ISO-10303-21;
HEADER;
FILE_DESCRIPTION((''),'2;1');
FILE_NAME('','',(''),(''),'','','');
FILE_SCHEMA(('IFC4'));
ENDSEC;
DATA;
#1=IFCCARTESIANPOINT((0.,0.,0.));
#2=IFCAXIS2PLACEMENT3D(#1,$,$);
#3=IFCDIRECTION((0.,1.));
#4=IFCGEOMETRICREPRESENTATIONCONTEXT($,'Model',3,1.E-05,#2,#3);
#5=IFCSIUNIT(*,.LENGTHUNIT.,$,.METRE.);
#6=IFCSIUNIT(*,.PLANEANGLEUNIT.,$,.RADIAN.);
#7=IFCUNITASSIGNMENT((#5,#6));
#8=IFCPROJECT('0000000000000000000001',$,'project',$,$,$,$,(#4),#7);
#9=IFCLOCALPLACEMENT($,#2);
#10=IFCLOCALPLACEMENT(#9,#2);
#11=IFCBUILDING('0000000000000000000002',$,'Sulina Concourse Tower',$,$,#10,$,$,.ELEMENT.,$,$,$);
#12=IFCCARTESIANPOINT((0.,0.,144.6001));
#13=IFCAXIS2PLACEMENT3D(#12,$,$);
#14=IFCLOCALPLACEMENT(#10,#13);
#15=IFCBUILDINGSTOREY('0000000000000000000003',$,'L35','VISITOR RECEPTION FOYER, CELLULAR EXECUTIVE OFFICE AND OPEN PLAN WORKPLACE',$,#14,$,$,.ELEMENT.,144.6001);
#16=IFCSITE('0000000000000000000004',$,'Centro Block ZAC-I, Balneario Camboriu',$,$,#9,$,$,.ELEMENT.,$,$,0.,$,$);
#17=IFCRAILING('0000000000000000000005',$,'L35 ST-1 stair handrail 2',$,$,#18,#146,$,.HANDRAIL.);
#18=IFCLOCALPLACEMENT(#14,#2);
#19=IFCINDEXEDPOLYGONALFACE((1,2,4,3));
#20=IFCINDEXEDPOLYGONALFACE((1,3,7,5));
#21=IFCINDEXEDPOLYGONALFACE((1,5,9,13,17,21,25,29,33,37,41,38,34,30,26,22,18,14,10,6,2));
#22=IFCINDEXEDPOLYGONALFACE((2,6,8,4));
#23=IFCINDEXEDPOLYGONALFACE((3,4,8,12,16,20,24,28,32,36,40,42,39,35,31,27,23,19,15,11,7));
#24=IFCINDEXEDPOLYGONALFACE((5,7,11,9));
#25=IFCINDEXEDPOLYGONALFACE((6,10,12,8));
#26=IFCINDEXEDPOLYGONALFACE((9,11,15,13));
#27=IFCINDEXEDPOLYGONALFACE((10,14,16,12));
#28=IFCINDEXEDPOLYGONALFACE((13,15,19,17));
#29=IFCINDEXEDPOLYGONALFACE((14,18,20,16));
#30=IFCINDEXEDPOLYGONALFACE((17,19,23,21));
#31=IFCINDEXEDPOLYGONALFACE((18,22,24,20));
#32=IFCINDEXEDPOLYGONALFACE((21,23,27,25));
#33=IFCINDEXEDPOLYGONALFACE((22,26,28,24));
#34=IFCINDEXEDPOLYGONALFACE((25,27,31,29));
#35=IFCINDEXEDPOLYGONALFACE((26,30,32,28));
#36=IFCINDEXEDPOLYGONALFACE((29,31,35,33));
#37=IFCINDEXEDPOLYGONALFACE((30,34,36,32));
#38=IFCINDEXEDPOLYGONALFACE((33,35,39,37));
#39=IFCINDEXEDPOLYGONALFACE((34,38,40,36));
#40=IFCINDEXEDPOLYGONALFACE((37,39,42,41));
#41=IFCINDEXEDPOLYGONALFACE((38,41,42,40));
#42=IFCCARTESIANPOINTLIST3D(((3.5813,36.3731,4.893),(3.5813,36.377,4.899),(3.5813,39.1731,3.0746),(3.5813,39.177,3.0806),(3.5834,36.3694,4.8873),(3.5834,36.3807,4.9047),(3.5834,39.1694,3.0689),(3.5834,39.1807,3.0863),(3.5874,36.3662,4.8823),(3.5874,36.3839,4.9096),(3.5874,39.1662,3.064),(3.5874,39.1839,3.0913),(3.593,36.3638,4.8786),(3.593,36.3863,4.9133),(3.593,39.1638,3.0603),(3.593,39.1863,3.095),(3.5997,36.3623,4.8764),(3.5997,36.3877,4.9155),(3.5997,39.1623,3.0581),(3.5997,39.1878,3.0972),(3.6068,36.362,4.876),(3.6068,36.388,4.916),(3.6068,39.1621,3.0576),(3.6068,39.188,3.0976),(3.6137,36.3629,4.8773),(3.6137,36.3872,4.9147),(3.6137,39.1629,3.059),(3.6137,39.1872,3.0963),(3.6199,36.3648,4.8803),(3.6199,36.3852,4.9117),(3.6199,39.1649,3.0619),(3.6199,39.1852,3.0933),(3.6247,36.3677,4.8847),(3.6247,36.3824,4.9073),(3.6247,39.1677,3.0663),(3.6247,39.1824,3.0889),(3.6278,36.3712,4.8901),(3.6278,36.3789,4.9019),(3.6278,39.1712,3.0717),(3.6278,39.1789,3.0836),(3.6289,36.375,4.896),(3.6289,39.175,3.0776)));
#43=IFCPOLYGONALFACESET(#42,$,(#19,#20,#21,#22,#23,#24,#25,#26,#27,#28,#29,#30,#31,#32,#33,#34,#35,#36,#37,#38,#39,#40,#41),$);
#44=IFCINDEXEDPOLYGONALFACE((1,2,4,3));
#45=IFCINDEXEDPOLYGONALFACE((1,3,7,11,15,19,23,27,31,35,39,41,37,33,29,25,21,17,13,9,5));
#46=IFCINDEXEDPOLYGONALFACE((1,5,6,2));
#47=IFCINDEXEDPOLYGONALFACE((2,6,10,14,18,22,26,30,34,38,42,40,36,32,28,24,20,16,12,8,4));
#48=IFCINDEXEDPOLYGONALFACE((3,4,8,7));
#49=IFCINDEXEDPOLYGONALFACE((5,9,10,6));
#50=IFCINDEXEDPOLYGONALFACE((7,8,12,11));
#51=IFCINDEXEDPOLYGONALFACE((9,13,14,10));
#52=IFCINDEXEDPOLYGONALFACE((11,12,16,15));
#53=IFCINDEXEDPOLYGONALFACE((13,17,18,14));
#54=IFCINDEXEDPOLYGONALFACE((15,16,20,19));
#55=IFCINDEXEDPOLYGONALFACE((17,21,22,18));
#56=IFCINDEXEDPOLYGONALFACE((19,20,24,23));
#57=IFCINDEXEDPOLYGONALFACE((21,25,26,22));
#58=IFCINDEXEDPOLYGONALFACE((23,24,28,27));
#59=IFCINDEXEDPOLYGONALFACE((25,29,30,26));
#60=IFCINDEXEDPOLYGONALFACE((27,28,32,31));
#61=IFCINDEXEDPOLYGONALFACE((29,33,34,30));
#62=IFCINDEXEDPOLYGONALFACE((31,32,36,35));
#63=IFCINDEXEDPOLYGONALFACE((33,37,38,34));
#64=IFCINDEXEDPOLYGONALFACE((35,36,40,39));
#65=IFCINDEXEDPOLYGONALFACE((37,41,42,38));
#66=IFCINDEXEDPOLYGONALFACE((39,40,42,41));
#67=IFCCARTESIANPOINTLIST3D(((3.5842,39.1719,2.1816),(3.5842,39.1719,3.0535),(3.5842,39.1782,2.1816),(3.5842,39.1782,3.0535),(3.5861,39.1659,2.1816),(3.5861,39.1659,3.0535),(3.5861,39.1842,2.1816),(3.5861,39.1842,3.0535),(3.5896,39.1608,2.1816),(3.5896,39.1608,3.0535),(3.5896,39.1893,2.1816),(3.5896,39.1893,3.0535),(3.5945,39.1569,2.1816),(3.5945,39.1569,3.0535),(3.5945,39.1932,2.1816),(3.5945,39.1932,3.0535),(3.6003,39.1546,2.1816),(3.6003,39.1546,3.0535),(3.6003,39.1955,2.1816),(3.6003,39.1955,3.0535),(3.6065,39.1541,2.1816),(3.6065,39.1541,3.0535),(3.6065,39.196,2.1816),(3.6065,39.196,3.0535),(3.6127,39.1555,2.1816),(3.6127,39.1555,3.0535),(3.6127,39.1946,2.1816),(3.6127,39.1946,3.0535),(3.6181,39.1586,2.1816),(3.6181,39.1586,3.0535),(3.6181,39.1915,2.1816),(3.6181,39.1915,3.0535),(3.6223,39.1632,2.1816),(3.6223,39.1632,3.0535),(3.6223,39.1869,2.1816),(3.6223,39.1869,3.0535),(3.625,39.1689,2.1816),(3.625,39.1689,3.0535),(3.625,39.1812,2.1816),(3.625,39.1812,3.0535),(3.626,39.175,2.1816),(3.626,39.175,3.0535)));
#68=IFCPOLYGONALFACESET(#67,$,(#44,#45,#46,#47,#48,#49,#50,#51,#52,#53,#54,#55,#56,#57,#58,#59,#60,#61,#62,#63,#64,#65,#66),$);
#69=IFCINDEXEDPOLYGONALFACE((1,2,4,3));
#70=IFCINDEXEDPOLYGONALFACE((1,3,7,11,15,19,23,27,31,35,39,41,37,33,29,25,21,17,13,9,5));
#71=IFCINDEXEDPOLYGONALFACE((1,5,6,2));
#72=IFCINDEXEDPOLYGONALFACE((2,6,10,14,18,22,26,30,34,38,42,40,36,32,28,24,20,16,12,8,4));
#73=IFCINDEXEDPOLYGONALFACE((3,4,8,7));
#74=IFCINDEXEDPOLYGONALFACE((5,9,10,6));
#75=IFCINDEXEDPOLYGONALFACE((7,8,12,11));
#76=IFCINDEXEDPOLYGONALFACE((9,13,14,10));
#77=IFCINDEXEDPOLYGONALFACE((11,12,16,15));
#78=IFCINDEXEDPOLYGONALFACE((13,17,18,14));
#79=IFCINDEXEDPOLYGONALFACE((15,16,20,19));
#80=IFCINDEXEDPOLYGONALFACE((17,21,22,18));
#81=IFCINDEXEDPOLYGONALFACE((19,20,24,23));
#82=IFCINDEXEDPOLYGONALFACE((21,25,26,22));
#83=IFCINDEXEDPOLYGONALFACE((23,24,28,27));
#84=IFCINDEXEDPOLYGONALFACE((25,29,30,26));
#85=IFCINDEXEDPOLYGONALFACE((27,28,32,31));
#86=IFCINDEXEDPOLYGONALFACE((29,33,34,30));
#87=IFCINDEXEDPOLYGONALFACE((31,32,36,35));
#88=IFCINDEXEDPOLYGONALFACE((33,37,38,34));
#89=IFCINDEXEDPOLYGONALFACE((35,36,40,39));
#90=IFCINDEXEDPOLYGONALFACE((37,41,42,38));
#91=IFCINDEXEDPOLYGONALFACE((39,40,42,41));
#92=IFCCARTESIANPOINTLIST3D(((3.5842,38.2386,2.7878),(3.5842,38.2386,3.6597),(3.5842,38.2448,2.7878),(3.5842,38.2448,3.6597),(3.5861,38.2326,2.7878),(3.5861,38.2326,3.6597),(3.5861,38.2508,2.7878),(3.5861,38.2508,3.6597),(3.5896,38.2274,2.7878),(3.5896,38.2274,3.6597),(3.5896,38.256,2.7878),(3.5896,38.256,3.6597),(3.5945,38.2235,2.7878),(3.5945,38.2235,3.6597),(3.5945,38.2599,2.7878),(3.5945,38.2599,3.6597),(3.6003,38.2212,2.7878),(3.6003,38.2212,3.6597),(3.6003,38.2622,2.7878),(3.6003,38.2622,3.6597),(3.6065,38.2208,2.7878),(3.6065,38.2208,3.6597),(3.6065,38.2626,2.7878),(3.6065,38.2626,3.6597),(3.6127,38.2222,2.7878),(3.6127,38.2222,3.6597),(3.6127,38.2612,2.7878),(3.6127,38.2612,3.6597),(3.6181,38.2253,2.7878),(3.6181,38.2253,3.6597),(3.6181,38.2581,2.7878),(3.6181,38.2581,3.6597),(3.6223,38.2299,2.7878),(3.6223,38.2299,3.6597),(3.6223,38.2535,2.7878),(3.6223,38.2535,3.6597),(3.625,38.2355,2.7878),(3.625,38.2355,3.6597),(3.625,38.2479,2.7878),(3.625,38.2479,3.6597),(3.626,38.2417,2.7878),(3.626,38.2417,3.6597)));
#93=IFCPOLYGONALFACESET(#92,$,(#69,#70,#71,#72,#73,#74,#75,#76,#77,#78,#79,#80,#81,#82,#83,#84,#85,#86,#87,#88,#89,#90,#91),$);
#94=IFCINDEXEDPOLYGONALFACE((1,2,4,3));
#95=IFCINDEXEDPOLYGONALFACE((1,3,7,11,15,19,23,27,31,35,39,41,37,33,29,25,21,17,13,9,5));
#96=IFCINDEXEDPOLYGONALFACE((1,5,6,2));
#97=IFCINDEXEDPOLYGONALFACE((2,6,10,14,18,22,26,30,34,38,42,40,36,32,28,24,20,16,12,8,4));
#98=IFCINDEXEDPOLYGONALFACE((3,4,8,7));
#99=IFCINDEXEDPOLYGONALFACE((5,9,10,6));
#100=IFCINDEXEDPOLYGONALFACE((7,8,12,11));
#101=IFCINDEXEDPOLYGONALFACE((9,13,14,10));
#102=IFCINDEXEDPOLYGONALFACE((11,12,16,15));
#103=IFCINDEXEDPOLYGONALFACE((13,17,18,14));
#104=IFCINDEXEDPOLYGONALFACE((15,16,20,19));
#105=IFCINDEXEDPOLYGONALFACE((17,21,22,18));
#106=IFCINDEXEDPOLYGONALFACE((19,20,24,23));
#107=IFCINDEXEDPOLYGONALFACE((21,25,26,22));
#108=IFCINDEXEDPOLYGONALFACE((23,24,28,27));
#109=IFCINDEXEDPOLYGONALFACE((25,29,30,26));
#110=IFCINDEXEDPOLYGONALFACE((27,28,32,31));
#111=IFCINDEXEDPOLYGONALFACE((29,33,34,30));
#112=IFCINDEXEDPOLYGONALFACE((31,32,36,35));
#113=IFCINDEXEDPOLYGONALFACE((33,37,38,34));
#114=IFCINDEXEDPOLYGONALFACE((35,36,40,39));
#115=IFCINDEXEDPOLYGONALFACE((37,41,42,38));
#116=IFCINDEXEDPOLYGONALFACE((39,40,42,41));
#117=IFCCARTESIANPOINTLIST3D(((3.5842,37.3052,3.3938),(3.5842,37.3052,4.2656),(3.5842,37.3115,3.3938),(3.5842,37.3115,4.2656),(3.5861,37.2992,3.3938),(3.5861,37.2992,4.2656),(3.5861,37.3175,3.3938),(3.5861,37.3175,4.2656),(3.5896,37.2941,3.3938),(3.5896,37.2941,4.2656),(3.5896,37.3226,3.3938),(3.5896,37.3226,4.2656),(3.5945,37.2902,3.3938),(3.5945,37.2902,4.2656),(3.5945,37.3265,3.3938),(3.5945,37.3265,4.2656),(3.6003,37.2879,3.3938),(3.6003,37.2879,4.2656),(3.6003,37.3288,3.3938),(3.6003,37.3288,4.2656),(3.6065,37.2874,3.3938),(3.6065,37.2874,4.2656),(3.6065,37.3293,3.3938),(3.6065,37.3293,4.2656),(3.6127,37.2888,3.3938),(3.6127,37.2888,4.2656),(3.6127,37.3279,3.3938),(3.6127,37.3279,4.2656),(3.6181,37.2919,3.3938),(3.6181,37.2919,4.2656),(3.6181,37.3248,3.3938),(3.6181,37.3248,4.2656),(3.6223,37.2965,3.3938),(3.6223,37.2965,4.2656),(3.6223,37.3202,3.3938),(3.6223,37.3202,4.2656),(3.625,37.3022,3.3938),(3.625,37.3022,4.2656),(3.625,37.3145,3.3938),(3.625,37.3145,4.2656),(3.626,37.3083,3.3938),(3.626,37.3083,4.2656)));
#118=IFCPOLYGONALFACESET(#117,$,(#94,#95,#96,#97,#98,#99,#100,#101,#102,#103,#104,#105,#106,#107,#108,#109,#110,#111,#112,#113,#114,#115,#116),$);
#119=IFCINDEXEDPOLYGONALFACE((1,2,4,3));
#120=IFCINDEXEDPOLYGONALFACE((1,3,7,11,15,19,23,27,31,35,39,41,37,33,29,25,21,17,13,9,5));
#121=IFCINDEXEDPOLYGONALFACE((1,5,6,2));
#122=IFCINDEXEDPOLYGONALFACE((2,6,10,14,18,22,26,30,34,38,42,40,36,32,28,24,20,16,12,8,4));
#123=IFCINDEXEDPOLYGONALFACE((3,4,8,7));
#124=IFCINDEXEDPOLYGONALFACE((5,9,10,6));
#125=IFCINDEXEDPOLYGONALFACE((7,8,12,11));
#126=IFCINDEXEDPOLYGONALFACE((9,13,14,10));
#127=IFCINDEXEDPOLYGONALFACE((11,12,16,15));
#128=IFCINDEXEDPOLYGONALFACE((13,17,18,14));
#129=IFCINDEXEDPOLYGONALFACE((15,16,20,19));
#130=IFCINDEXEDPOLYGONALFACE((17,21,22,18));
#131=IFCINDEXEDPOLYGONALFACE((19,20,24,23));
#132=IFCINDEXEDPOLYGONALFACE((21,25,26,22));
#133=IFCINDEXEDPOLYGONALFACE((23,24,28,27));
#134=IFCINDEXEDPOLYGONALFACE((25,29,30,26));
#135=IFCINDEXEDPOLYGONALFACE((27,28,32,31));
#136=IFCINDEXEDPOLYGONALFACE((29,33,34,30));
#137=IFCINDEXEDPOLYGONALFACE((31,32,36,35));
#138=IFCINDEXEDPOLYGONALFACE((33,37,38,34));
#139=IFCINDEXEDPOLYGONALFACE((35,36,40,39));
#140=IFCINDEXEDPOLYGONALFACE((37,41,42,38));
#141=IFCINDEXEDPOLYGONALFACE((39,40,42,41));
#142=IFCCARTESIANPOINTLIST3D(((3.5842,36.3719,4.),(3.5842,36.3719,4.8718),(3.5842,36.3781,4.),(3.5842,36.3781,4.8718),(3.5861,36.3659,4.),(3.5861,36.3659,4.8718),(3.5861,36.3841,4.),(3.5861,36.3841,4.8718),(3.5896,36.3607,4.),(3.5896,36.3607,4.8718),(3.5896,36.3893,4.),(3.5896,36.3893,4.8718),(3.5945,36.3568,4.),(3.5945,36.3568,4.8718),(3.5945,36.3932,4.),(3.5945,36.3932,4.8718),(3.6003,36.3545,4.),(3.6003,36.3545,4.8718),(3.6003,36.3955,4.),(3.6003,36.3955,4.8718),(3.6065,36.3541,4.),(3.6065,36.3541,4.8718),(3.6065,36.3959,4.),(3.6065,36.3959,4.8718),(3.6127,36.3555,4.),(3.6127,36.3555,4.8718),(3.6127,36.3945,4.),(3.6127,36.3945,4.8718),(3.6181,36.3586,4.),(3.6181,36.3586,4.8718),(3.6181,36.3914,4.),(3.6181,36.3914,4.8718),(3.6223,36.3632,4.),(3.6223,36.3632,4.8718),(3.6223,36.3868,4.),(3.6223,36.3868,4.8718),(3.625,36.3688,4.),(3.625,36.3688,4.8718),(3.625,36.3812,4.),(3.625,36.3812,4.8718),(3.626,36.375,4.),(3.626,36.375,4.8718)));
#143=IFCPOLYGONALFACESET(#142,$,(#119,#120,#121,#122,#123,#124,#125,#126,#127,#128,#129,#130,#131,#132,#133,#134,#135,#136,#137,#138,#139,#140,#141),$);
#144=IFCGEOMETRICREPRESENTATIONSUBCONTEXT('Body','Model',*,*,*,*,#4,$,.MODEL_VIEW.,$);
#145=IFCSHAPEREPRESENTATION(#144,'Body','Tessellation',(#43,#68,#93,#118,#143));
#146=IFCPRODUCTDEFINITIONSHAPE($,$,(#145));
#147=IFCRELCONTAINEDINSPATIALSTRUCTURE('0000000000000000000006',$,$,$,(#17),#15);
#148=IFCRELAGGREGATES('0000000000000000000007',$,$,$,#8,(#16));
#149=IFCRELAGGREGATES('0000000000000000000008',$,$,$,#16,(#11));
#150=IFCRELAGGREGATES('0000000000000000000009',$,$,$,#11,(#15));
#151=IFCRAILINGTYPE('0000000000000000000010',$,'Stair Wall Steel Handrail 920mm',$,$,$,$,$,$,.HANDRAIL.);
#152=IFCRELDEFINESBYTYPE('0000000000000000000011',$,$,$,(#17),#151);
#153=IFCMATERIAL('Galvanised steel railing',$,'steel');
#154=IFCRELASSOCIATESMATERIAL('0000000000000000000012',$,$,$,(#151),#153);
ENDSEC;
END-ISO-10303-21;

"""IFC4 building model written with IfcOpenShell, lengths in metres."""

from ifc_helpers import new_model, si_unit, direction, frame, origin, origin_2d, place, context, subcontext, project, spatial, circle, extrude, material, type_object, element, save


model = new_model("IFC4")

# Units and contexts
model_context = context("Model", 3, precision=1e-05, world=origin(), true_north=direction((0.0, 1.0)))
body_context = subcontext(model_context, "Body", "Model", "MODEL_VIEW")
ifc_project = project(units=[si_unit("LENGTHUNIT", "METRE"), si_unit("PLANEANGLEUNIT", "RADIAN")], contexts=[model_context])

# Site, building, storey
site_placement = place(None, origin())
site = spatial("IfcSite", under=ifc_project, at=site_placement, Name="Centro Block ZAC-I, Balneario Camboriu", CompositionType="ELEMENT", RefElevation=0.0)
building_placement = place(site_placement, origin())
building = spatial("IfcBuilding", under=site, at=building_placement, Name="Sulina Concourse Tower", CompositionType="ELEMENT")
storey_placement = place(building_placement, frame((0.0, 0.0, 144.6001)))
storey = spatial("IfcBuildingStorey", under=building, at=storey_placement, Name="L35", Description="VISITOR RECEPTION FOYER, CELLULAR EXECUTIVE OFFICE AND OPEN PLAN WORKPLACE", CompositionType="ELEMENT", Elevation=144.6001)

# Railing
ifc_material_1 = material(Name="Galvanised steel railing", Category="steel")
railing_type_1 = type_object("IfcRailingType", Name="Stair Wall Steel Handrail 920mm", PredefinedType="HANDRAIL", material=ifc_material_1)
railing_1_placement = place(storey_placement, frame((3.605, 39.175, 2.1816)))
element("IfcRailing", 1, at=railing_1_placement, inside=storey, type_object=railing_type_1, Name="L35 ST-1 stair handrail 2", PredefinedType="HANDRAIL", context=body_context, shape_type="SweptSolid", body=[
    extrude(circle(Radius=0.0239, at=origin_2d()), frame((0.0, 0.0, 0.896), z_axis=(0.0, -0.838672, 0.544636), x_axis=(1.0, 0.0, 0.0)), (0.0, 0.0, 1.0), 3.3386),
    extrude(circle(Radius=0.021, at=origin_2d()), origin(), (0.0, 0.0, 1.0), 0.8718),
    extrude(circle(Radius=0.021, at=origin_2d()), frame((0.0, -0.9333, 0.6062)), (0.0, 0.0, 1.0), 0.8718),
    extrude(circle(Radius=0.021, at=origin_2d()), frame((0.0, -1.8667, 1.2122)), (0.0, 0.0, 1.0), 0.8718),
    extrude(circle(Radius=0.021, at=origin_2d()), frame((0.0, -2.8, 1.8184)), (0.0, 0.0, 1.0), 0.8718),
])

save(model, "model.ifc")
